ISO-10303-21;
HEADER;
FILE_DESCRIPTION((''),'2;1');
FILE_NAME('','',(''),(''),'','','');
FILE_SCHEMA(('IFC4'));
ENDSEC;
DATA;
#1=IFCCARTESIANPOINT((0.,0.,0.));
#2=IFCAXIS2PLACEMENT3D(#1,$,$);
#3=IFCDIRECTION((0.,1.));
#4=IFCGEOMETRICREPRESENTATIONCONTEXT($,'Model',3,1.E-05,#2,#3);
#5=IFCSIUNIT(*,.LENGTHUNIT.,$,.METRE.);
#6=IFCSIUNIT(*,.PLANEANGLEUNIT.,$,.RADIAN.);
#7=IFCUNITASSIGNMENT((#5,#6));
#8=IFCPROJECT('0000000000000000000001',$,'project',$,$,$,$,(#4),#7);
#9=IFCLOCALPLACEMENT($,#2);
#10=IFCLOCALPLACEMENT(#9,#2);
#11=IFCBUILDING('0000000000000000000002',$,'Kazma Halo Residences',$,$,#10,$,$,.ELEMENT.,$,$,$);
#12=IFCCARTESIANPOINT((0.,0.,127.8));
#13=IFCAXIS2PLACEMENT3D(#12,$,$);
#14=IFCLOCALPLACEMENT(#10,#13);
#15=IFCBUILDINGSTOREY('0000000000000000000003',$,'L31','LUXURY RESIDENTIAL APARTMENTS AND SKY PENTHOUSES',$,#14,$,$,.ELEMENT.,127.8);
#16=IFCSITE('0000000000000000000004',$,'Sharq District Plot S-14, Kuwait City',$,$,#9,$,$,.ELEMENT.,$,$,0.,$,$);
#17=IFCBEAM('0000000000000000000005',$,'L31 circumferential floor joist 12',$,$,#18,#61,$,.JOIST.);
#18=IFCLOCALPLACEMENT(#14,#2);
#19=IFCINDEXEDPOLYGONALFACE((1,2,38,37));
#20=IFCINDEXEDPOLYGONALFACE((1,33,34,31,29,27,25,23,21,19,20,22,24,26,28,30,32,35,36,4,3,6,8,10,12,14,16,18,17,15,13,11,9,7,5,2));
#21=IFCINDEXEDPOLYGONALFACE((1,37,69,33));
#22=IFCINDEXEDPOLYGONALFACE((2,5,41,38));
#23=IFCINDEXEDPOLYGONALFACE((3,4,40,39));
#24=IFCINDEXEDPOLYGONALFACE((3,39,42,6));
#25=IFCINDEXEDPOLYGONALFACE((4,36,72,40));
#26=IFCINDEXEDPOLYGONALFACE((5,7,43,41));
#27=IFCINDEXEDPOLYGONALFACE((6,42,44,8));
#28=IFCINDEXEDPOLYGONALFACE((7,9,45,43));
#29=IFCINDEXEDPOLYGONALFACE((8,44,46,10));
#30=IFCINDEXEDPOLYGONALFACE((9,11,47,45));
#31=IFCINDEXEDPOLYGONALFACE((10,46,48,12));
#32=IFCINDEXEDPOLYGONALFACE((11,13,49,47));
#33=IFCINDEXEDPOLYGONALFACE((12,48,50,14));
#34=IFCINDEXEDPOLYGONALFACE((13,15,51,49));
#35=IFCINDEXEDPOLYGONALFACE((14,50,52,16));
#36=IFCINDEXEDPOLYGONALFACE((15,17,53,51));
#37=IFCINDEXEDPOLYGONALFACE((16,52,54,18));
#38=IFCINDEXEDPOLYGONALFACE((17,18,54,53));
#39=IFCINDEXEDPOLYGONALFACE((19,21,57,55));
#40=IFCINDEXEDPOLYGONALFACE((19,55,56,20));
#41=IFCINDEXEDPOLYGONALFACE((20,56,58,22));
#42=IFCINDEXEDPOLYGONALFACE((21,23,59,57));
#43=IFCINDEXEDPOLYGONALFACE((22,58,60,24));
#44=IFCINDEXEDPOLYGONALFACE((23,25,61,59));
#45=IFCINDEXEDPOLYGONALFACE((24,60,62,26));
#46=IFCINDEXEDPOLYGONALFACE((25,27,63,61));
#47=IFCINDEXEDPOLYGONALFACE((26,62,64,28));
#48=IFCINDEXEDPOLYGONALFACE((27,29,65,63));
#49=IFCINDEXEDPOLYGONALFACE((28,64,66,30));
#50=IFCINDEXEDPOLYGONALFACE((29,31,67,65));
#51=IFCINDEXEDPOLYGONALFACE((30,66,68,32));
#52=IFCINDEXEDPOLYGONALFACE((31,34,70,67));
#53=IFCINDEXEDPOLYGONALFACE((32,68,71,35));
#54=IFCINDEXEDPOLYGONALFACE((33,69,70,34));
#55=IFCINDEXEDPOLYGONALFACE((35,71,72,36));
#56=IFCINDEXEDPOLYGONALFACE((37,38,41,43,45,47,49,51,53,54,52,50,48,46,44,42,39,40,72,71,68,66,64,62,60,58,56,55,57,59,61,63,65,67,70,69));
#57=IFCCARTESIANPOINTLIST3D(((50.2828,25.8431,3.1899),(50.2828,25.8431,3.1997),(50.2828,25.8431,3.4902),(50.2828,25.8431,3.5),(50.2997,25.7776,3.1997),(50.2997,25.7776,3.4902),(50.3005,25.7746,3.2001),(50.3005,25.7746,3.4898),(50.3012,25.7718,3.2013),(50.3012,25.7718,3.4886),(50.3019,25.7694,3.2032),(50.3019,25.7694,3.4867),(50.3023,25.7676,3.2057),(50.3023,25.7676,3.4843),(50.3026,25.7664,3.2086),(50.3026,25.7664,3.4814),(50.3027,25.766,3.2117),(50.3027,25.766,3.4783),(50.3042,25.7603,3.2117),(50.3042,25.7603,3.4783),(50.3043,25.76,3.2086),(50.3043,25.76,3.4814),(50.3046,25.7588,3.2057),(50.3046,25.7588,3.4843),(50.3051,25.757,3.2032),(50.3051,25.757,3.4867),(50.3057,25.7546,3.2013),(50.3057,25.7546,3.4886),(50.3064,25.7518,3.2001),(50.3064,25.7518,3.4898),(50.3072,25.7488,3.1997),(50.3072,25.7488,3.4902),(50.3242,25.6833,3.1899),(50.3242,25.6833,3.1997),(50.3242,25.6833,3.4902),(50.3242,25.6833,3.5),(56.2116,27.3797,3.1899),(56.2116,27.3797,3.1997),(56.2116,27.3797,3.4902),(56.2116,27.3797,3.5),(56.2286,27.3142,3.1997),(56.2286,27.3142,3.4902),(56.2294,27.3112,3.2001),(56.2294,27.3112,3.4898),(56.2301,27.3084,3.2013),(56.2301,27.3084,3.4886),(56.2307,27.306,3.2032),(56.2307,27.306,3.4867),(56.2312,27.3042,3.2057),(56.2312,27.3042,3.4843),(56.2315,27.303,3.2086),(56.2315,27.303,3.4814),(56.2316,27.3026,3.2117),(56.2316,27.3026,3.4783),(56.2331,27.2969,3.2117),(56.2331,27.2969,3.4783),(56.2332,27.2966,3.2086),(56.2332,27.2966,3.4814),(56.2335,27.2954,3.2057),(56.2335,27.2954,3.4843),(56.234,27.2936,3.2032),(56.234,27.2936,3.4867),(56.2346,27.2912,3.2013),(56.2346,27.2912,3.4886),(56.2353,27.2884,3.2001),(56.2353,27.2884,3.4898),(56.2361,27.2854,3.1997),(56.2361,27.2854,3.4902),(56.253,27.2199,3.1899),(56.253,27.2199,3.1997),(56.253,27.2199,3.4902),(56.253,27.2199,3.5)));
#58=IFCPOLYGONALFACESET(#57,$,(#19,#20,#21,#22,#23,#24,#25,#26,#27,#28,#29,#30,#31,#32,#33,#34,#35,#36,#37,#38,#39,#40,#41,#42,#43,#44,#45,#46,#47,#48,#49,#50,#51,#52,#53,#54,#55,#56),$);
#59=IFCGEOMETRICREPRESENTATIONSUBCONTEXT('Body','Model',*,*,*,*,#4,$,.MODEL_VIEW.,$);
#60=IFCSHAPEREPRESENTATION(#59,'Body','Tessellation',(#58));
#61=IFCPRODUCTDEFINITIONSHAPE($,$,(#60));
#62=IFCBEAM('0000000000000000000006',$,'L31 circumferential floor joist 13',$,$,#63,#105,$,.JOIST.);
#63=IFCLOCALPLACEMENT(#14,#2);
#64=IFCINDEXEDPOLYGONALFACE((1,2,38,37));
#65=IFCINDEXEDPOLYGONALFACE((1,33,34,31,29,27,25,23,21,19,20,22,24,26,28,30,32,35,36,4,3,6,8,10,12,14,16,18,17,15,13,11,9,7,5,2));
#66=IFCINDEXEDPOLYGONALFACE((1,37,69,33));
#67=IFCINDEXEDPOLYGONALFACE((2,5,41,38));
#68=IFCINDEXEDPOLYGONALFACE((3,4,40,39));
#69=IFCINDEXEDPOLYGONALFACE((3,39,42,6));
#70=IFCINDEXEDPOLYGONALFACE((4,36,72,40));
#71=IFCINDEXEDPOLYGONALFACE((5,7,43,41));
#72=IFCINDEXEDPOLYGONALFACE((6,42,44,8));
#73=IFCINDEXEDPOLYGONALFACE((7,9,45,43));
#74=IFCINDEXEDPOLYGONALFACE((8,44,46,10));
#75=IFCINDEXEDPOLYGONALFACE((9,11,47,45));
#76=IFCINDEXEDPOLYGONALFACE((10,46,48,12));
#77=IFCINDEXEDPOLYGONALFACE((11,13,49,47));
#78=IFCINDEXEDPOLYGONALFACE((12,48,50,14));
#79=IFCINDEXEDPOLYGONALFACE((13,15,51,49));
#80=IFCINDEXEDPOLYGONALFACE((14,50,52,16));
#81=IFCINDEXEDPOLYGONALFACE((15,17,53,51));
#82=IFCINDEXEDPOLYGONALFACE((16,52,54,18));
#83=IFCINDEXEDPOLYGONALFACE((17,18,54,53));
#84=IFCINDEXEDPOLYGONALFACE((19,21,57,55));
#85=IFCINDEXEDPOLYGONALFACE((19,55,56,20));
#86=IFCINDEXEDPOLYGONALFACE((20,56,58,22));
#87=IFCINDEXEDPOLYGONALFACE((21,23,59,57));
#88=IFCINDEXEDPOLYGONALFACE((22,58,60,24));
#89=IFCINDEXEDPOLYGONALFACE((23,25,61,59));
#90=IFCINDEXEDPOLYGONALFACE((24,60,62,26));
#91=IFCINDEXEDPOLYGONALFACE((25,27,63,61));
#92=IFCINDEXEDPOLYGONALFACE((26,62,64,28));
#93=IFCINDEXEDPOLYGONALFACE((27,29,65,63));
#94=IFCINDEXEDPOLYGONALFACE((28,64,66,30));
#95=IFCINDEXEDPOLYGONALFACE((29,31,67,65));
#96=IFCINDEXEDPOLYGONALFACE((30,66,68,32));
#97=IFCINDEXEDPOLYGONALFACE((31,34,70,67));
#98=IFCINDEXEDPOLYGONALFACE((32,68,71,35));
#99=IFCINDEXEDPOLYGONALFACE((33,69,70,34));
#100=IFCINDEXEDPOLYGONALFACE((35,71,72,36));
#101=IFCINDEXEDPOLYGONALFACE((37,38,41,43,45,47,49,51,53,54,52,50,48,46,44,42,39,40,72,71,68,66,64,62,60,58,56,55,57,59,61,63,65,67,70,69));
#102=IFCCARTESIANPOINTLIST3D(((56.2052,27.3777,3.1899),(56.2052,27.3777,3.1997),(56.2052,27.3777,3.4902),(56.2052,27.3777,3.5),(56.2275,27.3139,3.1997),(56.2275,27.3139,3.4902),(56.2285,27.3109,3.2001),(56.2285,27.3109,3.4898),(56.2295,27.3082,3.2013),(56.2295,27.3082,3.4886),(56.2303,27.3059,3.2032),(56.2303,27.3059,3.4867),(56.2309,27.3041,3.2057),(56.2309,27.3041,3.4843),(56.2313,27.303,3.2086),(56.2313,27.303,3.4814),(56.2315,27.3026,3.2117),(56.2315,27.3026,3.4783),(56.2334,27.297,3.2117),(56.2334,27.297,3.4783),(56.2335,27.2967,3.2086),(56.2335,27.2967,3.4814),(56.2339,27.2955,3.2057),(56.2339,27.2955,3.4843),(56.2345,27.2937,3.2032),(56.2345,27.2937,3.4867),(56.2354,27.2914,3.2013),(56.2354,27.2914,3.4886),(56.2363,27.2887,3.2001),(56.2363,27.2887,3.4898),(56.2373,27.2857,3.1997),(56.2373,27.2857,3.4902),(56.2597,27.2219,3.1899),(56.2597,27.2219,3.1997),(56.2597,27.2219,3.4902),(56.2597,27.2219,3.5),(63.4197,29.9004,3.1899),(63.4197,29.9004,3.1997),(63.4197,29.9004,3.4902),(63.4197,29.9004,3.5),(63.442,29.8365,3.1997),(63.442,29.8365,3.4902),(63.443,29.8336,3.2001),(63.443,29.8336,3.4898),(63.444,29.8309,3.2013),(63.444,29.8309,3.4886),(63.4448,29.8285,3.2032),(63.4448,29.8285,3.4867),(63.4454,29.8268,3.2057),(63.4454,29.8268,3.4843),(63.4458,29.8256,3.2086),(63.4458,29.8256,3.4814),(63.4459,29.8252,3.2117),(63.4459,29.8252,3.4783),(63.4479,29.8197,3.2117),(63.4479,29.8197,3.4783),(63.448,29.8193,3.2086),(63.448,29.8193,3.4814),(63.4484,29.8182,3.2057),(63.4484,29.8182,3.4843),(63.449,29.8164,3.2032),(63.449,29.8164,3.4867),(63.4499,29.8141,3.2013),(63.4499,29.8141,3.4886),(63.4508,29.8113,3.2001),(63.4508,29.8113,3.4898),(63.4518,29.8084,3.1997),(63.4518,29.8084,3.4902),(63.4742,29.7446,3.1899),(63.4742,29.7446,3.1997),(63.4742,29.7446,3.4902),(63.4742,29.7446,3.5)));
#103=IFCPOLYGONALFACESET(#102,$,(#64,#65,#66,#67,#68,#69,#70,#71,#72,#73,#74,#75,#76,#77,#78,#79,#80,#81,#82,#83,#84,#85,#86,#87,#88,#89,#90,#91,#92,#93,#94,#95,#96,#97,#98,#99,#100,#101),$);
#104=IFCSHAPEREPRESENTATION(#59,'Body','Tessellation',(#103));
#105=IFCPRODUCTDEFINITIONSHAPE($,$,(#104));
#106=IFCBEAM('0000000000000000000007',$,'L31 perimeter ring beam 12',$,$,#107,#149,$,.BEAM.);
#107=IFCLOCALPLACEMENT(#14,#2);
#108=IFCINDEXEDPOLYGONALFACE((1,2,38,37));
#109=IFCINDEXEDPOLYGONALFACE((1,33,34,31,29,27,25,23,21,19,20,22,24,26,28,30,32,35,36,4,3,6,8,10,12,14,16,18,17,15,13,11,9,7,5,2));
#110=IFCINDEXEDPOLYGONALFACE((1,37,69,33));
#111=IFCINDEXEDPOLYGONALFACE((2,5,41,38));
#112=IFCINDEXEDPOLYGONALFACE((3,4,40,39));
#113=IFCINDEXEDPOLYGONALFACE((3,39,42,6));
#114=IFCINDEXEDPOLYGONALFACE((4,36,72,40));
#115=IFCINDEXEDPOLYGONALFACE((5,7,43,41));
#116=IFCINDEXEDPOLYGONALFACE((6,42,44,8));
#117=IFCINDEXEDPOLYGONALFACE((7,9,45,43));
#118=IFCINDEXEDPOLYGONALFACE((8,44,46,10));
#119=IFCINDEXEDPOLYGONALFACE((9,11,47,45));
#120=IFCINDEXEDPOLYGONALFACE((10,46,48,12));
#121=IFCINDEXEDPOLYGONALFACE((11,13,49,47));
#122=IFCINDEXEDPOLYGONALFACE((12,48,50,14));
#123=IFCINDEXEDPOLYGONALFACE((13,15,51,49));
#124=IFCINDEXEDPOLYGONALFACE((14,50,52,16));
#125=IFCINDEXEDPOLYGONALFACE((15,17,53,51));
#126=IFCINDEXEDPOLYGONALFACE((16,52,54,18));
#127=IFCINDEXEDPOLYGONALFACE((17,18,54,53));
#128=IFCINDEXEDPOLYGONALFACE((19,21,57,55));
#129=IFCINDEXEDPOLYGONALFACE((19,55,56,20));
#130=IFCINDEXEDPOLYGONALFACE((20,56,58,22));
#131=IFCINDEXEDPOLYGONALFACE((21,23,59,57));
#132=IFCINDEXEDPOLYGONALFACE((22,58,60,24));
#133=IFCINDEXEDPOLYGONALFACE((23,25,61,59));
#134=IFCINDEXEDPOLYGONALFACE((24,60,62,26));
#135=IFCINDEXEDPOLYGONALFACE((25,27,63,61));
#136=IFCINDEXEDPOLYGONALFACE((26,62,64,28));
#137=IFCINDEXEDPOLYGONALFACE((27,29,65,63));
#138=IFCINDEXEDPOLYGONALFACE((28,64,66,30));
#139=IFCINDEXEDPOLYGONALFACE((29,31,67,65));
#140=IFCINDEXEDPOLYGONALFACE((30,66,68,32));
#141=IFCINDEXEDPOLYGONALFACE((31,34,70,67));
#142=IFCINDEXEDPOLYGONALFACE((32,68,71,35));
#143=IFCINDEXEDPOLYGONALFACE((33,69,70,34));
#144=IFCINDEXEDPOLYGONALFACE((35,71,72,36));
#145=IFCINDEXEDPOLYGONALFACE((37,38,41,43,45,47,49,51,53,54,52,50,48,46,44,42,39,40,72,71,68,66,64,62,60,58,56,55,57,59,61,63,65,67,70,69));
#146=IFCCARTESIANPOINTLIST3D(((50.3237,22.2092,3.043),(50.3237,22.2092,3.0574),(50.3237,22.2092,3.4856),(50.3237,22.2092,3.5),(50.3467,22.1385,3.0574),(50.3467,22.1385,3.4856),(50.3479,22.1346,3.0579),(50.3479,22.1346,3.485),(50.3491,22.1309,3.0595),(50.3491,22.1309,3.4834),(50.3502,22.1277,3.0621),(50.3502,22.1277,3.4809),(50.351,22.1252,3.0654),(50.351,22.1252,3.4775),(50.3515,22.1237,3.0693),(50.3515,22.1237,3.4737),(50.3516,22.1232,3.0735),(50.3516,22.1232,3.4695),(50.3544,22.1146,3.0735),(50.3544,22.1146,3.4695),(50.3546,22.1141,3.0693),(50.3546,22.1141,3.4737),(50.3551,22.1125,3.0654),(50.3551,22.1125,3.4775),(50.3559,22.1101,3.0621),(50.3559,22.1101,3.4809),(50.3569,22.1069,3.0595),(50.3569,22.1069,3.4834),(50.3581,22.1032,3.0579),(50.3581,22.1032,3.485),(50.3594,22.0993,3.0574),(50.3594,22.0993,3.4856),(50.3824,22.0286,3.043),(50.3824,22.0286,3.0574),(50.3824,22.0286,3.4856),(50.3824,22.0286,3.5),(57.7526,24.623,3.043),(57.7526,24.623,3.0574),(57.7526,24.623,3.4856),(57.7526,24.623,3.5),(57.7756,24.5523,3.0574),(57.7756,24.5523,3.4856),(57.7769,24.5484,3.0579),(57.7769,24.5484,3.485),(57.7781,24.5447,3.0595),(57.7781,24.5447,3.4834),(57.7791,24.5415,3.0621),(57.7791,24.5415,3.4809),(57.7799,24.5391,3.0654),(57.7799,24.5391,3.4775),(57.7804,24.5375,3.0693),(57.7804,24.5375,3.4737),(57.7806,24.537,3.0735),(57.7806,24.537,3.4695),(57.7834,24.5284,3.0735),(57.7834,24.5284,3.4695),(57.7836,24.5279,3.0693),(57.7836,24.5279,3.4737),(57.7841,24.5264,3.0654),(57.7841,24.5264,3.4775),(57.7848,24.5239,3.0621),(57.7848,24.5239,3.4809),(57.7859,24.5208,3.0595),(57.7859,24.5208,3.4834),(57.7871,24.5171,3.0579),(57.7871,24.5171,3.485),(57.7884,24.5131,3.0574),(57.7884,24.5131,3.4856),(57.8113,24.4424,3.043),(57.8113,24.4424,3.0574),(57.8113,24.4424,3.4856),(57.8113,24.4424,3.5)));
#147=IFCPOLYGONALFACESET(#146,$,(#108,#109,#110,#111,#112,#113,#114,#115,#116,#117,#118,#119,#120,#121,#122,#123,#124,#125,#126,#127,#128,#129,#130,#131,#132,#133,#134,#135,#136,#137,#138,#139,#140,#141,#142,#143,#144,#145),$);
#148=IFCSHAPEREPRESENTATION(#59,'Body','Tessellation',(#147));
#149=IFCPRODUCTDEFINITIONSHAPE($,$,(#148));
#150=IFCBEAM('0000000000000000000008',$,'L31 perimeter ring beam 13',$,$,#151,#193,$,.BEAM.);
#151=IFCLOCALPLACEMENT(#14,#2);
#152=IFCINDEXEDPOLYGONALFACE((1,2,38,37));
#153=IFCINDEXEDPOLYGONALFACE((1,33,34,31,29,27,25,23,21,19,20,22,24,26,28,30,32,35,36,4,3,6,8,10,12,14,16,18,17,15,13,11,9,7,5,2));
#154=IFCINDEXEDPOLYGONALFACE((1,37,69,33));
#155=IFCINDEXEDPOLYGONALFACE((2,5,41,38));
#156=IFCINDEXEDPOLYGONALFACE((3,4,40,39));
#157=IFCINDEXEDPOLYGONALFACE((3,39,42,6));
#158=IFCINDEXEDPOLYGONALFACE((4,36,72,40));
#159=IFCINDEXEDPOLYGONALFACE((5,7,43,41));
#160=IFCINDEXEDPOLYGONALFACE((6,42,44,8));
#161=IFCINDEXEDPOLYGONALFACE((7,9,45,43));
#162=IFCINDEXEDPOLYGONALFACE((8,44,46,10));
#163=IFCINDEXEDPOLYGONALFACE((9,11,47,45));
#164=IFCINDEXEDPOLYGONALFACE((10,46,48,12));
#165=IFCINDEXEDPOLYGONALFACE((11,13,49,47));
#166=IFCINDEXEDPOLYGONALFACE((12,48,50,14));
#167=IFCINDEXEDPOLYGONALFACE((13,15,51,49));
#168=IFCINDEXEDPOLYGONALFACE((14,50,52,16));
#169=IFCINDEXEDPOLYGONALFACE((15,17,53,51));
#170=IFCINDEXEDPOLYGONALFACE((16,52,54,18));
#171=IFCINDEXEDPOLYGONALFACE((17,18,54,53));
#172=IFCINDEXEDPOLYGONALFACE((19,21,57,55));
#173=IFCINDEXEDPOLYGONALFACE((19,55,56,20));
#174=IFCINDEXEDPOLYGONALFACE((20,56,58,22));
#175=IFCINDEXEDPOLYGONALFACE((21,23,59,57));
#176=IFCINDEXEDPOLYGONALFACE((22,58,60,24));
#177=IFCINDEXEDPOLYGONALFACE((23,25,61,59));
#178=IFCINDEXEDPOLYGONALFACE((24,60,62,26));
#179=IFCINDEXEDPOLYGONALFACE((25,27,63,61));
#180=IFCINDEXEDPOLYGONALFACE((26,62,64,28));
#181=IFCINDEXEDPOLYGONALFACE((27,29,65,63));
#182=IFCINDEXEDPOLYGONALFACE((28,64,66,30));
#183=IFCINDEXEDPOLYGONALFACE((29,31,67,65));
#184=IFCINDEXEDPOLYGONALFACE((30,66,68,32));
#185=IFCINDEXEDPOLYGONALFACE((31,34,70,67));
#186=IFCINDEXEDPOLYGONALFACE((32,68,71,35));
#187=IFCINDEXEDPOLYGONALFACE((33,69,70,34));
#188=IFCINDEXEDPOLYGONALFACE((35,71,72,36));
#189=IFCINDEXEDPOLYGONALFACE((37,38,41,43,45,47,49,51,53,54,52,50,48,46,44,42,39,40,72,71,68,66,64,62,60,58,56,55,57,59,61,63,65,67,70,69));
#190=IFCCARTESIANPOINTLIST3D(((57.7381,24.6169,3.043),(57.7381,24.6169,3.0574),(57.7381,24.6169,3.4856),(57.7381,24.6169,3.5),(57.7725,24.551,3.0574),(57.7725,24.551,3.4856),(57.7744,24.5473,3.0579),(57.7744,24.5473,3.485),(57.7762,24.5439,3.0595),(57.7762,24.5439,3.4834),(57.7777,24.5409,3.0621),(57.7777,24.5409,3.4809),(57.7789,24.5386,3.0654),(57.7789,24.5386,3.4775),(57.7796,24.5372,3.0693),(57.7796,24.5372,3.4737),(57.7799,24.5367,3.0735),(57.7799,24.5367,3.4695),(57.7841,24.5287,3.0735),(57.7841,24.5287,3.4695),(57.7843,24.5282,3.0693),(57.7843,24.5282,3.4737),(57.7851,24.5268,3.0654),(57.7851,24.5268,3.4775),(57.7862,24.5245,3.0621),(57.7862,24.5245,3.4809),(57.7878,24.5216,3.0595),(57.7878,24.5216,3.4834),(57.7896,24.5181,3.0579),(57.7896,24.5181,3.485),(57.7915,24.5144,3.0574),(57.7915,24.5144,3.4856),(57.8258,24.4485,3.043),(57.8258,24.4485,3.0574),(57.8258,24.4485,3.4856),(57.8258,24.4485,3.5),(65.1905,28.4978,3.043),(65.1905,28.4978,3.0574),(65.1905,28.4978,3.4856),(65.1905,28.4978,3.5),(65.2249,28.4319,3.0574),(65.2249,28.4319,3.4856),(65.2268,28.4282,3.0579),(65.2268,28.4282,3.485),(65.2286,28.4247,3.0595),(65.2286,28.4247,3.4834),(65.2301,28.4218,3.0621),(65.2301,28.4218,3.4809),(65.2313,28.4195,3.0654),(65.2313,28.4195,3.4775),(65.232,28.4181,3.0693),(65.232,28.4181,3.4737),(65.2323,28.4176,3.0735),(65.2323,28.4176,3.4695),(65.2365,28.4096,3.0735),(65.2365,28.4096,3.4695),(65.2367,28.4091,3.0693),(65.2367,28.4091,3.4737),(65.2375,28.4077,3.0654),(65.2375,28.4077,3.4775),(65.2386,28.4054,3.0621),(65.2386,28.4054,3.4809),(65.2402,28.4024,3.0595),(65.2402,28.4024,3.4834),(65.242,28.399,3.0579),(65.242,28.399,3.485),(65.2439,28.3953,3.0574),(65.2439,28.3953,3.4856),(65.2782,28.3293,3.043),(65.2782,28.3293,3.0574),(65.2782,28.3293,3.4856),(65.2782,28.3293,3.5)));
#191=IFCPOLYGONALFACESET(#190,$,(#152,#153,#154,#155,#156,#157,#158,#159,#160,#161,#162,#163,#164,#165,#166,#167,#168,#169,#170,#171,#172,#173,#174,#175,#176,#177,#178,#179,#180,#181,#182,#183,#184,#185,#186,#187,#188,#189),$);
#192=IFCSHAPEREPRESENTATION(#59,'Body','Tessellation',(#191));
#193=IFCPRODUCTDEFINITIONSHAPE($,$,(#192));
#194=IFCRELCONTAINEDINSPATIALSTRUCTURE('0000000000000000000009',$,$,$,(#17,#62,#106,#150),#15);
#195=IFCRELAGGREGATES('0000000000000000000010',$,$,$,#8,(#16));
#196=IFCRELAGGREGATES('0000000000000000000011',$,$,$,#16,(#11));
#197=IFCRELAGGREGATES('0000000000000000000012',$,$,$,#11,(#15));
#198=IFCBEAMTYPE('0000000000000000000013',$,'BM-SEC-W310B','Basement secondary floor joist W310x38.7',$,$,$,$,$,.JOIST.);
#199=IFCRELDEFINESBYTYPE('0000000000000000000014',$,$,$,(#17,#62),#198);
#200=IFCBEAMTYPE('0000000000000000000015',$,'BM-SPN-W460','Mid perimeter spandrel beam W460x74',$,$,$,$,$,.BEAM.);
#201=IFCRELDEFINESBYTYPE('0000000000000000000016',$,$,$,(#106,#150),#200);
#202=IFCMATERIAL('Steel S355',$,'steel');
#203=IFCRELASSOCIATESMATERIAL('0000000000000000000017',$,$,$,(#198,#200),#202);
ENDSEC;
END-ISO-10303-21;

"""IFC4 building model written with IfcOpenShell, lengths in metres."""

from ifc_helpers import new_model, si_unit, direction, frame, origin, origin_2d, place, context, subcontext, project, spatial, i_section, extrude, material, material_profile, profile_set, type_object, element, save


model = new_model("IFC4")

# Units and contexts
model_context = context("Model", 3, precision=1e-05, world=origin(), true_north=direction((0.0, 1.0)))
body_context = subcontext(model_context, "Body", "Model", "MODEL_VIEW")
ifc_project = project(units=[si_unit("LENGTHUNIT", "METRE"), si_unit("PLANEANGLEUNIT", "RADIAN")], contexts=[model_context])

# Site, building, storey
site_placement = place(None, origin())
site = spatial("IfcSite", under=ifc_project, at=site_placement, Name="Sharq District Plot S-14, Kuwait City", CompositionType="ELEMENT", RefElevation=0.0)
building_placement = place(site_placement, origin())
building = spatial("IfcBuilding", under=site, at=building_placement, Name="Kazma Halo Residences", CompositionType="ELEMENT")
storey_placement = place(building_placement, frame((0.0, 0.0, 127.8)))
storey = spatial("IfcBuildingStorey", under=building, at=storey_placement, Name="L31", Description="LUXURY RESIDENTIAL APARTMENTS AND SKY PENTHOUSES", CompositionType="ELEMENT", Elevation=127.8)

# Beams
ifc_material_1 = material(Name="Steel S355", Category="steel")
ifc_material_profile_1 = material_profile(ifc_material_1, i_section(OverallWidth=0.165, OverallDepth=0.3101, WebThickness=0.0059, FlangeThickness=0.0098, FilletRadius=0.012, at=origin_2d()), Name="W310x38.7")
ifc_profile_set_1 = profile_set([ifc_material_profile_1], Name="Steel S355")
beam_type_1 = type_object("IfcBeamType", Name="BM-SEC-W310B", Description="Basement secondary floor joist W310x38.7", PredefinedType="JOIST", material=ifc_profile_set_1)
beam_1_placement = place(storey_placement, frame((50.3035, 25.7632, 3.345), z_axis=(0.968017, 0.250883, 0.0), x_axis=(-0.250883, 0.968017, 0.0)))
element("IfcBeam", 1, at=beam_1_placement, inside=storey, type_object=beam_type_1, Name="L31 circumferential floor joist 12", PredefinedType="JOIST", context=body_context, shape_type="SweptSolid", body=[
    extrude(i_section(OverallWidth=0.165, OverallDepth=0.3101, WebThickness=0.0059, FlangeThickness=0.0098, FilletRadius=0.012, at=origin_2d()), origin(), (0.0, 0.0, 1.0), 6.1248),
])
beam_2_placement = place(storey_placement, frame((56.2324, 27.2998, 3.345), z_axis=(0.943956, 0.33007, 0.0), x_axis=(-0.33007, 0.943956, 0.0)))
element("IfcBeam", 2, at=beam_2_placement, inside=storey, type_object=beam_type_1, Name="L31 circumferential floor joist 13", PredefinedType="JOIST", context=body_context, shape_type="SweptSolid", body=[
    extrude(i_section(OverallWidth=0.165, OverallDepth=0.3101, WebThickness=0.0059, FlangeThickness=0.0098, FilletRadius=0.012, at=origin_2d()), origin(), (0.0, 0.0, 1.0), 7.6428),
])
ifc_material_profile_2 = material_profile(ifc_material_1, i_section(OverallWidth=0.1899, OverallDepth=0.457, WebThickness=0.009, FlangeThickness=0.0144, FilletRadius=0.0161, at=origin_2d()), Name="W460x74")
ifc_profile_set_2 = profile_set([ifc_material_profile_2], Name="Steel S355")
beam_type_2 = type_object("IfcBeamType", Name="BM-SPN-W460", Description="Mid perimeter spandrel beam W460x74", PredefinedType="BEAM", material=ifc_profile_set_2)
beam_3_placement = place(storey_placement, frame((50.353, 22.1189, 3.2715), z_axis=(0.951056, 0.309018, 0.0), x_axis=(-0.309018, 0.951056, 0.0)))
element("IfcBeam", 3, at=beam_3_placement, inside=storey, type_object=beam_type_2, Name="L31 perimeter ring beam 12", PredefinedType="BEAM", context=body_context, shape_type="SweptSolid", body=[
    extrude(i_section(OverallWidth=0.1899, OverallDepth=0.457, WebThickness=0.009, FlangeThickness=0.0144, FilletRadius=0.0161, at=origin_2d()), origin(), (0.0, 0.0, 1.0), 7.8113),
])
beam_4_placement = place(storey_placement, frame((57.782, 24.5327, 3.2715), z_axis=(0.886943, 0.461879, 0.0), x_axis=(-0.461879, 0.886943, 0.0)))
element("IfcBeam", 4, at=beam_4_placement, inside=storey, type_object=beam_type_2, Name="L31 perimeter ring beam 13", PredefinedType="BEAM", context=body_context, shape_type="SweptSolid", body=[
    extrude(i_section(OverallWidth=0.1899, OverallDepth=0.457, WebThickness=0.009, FlangeThickness=0.0144, FilletRadius=0.0161, at=origin_2d()), origin(), (0.0, 0.0, 1.0), 8.4023),
])

save(model, "model.ifc")
